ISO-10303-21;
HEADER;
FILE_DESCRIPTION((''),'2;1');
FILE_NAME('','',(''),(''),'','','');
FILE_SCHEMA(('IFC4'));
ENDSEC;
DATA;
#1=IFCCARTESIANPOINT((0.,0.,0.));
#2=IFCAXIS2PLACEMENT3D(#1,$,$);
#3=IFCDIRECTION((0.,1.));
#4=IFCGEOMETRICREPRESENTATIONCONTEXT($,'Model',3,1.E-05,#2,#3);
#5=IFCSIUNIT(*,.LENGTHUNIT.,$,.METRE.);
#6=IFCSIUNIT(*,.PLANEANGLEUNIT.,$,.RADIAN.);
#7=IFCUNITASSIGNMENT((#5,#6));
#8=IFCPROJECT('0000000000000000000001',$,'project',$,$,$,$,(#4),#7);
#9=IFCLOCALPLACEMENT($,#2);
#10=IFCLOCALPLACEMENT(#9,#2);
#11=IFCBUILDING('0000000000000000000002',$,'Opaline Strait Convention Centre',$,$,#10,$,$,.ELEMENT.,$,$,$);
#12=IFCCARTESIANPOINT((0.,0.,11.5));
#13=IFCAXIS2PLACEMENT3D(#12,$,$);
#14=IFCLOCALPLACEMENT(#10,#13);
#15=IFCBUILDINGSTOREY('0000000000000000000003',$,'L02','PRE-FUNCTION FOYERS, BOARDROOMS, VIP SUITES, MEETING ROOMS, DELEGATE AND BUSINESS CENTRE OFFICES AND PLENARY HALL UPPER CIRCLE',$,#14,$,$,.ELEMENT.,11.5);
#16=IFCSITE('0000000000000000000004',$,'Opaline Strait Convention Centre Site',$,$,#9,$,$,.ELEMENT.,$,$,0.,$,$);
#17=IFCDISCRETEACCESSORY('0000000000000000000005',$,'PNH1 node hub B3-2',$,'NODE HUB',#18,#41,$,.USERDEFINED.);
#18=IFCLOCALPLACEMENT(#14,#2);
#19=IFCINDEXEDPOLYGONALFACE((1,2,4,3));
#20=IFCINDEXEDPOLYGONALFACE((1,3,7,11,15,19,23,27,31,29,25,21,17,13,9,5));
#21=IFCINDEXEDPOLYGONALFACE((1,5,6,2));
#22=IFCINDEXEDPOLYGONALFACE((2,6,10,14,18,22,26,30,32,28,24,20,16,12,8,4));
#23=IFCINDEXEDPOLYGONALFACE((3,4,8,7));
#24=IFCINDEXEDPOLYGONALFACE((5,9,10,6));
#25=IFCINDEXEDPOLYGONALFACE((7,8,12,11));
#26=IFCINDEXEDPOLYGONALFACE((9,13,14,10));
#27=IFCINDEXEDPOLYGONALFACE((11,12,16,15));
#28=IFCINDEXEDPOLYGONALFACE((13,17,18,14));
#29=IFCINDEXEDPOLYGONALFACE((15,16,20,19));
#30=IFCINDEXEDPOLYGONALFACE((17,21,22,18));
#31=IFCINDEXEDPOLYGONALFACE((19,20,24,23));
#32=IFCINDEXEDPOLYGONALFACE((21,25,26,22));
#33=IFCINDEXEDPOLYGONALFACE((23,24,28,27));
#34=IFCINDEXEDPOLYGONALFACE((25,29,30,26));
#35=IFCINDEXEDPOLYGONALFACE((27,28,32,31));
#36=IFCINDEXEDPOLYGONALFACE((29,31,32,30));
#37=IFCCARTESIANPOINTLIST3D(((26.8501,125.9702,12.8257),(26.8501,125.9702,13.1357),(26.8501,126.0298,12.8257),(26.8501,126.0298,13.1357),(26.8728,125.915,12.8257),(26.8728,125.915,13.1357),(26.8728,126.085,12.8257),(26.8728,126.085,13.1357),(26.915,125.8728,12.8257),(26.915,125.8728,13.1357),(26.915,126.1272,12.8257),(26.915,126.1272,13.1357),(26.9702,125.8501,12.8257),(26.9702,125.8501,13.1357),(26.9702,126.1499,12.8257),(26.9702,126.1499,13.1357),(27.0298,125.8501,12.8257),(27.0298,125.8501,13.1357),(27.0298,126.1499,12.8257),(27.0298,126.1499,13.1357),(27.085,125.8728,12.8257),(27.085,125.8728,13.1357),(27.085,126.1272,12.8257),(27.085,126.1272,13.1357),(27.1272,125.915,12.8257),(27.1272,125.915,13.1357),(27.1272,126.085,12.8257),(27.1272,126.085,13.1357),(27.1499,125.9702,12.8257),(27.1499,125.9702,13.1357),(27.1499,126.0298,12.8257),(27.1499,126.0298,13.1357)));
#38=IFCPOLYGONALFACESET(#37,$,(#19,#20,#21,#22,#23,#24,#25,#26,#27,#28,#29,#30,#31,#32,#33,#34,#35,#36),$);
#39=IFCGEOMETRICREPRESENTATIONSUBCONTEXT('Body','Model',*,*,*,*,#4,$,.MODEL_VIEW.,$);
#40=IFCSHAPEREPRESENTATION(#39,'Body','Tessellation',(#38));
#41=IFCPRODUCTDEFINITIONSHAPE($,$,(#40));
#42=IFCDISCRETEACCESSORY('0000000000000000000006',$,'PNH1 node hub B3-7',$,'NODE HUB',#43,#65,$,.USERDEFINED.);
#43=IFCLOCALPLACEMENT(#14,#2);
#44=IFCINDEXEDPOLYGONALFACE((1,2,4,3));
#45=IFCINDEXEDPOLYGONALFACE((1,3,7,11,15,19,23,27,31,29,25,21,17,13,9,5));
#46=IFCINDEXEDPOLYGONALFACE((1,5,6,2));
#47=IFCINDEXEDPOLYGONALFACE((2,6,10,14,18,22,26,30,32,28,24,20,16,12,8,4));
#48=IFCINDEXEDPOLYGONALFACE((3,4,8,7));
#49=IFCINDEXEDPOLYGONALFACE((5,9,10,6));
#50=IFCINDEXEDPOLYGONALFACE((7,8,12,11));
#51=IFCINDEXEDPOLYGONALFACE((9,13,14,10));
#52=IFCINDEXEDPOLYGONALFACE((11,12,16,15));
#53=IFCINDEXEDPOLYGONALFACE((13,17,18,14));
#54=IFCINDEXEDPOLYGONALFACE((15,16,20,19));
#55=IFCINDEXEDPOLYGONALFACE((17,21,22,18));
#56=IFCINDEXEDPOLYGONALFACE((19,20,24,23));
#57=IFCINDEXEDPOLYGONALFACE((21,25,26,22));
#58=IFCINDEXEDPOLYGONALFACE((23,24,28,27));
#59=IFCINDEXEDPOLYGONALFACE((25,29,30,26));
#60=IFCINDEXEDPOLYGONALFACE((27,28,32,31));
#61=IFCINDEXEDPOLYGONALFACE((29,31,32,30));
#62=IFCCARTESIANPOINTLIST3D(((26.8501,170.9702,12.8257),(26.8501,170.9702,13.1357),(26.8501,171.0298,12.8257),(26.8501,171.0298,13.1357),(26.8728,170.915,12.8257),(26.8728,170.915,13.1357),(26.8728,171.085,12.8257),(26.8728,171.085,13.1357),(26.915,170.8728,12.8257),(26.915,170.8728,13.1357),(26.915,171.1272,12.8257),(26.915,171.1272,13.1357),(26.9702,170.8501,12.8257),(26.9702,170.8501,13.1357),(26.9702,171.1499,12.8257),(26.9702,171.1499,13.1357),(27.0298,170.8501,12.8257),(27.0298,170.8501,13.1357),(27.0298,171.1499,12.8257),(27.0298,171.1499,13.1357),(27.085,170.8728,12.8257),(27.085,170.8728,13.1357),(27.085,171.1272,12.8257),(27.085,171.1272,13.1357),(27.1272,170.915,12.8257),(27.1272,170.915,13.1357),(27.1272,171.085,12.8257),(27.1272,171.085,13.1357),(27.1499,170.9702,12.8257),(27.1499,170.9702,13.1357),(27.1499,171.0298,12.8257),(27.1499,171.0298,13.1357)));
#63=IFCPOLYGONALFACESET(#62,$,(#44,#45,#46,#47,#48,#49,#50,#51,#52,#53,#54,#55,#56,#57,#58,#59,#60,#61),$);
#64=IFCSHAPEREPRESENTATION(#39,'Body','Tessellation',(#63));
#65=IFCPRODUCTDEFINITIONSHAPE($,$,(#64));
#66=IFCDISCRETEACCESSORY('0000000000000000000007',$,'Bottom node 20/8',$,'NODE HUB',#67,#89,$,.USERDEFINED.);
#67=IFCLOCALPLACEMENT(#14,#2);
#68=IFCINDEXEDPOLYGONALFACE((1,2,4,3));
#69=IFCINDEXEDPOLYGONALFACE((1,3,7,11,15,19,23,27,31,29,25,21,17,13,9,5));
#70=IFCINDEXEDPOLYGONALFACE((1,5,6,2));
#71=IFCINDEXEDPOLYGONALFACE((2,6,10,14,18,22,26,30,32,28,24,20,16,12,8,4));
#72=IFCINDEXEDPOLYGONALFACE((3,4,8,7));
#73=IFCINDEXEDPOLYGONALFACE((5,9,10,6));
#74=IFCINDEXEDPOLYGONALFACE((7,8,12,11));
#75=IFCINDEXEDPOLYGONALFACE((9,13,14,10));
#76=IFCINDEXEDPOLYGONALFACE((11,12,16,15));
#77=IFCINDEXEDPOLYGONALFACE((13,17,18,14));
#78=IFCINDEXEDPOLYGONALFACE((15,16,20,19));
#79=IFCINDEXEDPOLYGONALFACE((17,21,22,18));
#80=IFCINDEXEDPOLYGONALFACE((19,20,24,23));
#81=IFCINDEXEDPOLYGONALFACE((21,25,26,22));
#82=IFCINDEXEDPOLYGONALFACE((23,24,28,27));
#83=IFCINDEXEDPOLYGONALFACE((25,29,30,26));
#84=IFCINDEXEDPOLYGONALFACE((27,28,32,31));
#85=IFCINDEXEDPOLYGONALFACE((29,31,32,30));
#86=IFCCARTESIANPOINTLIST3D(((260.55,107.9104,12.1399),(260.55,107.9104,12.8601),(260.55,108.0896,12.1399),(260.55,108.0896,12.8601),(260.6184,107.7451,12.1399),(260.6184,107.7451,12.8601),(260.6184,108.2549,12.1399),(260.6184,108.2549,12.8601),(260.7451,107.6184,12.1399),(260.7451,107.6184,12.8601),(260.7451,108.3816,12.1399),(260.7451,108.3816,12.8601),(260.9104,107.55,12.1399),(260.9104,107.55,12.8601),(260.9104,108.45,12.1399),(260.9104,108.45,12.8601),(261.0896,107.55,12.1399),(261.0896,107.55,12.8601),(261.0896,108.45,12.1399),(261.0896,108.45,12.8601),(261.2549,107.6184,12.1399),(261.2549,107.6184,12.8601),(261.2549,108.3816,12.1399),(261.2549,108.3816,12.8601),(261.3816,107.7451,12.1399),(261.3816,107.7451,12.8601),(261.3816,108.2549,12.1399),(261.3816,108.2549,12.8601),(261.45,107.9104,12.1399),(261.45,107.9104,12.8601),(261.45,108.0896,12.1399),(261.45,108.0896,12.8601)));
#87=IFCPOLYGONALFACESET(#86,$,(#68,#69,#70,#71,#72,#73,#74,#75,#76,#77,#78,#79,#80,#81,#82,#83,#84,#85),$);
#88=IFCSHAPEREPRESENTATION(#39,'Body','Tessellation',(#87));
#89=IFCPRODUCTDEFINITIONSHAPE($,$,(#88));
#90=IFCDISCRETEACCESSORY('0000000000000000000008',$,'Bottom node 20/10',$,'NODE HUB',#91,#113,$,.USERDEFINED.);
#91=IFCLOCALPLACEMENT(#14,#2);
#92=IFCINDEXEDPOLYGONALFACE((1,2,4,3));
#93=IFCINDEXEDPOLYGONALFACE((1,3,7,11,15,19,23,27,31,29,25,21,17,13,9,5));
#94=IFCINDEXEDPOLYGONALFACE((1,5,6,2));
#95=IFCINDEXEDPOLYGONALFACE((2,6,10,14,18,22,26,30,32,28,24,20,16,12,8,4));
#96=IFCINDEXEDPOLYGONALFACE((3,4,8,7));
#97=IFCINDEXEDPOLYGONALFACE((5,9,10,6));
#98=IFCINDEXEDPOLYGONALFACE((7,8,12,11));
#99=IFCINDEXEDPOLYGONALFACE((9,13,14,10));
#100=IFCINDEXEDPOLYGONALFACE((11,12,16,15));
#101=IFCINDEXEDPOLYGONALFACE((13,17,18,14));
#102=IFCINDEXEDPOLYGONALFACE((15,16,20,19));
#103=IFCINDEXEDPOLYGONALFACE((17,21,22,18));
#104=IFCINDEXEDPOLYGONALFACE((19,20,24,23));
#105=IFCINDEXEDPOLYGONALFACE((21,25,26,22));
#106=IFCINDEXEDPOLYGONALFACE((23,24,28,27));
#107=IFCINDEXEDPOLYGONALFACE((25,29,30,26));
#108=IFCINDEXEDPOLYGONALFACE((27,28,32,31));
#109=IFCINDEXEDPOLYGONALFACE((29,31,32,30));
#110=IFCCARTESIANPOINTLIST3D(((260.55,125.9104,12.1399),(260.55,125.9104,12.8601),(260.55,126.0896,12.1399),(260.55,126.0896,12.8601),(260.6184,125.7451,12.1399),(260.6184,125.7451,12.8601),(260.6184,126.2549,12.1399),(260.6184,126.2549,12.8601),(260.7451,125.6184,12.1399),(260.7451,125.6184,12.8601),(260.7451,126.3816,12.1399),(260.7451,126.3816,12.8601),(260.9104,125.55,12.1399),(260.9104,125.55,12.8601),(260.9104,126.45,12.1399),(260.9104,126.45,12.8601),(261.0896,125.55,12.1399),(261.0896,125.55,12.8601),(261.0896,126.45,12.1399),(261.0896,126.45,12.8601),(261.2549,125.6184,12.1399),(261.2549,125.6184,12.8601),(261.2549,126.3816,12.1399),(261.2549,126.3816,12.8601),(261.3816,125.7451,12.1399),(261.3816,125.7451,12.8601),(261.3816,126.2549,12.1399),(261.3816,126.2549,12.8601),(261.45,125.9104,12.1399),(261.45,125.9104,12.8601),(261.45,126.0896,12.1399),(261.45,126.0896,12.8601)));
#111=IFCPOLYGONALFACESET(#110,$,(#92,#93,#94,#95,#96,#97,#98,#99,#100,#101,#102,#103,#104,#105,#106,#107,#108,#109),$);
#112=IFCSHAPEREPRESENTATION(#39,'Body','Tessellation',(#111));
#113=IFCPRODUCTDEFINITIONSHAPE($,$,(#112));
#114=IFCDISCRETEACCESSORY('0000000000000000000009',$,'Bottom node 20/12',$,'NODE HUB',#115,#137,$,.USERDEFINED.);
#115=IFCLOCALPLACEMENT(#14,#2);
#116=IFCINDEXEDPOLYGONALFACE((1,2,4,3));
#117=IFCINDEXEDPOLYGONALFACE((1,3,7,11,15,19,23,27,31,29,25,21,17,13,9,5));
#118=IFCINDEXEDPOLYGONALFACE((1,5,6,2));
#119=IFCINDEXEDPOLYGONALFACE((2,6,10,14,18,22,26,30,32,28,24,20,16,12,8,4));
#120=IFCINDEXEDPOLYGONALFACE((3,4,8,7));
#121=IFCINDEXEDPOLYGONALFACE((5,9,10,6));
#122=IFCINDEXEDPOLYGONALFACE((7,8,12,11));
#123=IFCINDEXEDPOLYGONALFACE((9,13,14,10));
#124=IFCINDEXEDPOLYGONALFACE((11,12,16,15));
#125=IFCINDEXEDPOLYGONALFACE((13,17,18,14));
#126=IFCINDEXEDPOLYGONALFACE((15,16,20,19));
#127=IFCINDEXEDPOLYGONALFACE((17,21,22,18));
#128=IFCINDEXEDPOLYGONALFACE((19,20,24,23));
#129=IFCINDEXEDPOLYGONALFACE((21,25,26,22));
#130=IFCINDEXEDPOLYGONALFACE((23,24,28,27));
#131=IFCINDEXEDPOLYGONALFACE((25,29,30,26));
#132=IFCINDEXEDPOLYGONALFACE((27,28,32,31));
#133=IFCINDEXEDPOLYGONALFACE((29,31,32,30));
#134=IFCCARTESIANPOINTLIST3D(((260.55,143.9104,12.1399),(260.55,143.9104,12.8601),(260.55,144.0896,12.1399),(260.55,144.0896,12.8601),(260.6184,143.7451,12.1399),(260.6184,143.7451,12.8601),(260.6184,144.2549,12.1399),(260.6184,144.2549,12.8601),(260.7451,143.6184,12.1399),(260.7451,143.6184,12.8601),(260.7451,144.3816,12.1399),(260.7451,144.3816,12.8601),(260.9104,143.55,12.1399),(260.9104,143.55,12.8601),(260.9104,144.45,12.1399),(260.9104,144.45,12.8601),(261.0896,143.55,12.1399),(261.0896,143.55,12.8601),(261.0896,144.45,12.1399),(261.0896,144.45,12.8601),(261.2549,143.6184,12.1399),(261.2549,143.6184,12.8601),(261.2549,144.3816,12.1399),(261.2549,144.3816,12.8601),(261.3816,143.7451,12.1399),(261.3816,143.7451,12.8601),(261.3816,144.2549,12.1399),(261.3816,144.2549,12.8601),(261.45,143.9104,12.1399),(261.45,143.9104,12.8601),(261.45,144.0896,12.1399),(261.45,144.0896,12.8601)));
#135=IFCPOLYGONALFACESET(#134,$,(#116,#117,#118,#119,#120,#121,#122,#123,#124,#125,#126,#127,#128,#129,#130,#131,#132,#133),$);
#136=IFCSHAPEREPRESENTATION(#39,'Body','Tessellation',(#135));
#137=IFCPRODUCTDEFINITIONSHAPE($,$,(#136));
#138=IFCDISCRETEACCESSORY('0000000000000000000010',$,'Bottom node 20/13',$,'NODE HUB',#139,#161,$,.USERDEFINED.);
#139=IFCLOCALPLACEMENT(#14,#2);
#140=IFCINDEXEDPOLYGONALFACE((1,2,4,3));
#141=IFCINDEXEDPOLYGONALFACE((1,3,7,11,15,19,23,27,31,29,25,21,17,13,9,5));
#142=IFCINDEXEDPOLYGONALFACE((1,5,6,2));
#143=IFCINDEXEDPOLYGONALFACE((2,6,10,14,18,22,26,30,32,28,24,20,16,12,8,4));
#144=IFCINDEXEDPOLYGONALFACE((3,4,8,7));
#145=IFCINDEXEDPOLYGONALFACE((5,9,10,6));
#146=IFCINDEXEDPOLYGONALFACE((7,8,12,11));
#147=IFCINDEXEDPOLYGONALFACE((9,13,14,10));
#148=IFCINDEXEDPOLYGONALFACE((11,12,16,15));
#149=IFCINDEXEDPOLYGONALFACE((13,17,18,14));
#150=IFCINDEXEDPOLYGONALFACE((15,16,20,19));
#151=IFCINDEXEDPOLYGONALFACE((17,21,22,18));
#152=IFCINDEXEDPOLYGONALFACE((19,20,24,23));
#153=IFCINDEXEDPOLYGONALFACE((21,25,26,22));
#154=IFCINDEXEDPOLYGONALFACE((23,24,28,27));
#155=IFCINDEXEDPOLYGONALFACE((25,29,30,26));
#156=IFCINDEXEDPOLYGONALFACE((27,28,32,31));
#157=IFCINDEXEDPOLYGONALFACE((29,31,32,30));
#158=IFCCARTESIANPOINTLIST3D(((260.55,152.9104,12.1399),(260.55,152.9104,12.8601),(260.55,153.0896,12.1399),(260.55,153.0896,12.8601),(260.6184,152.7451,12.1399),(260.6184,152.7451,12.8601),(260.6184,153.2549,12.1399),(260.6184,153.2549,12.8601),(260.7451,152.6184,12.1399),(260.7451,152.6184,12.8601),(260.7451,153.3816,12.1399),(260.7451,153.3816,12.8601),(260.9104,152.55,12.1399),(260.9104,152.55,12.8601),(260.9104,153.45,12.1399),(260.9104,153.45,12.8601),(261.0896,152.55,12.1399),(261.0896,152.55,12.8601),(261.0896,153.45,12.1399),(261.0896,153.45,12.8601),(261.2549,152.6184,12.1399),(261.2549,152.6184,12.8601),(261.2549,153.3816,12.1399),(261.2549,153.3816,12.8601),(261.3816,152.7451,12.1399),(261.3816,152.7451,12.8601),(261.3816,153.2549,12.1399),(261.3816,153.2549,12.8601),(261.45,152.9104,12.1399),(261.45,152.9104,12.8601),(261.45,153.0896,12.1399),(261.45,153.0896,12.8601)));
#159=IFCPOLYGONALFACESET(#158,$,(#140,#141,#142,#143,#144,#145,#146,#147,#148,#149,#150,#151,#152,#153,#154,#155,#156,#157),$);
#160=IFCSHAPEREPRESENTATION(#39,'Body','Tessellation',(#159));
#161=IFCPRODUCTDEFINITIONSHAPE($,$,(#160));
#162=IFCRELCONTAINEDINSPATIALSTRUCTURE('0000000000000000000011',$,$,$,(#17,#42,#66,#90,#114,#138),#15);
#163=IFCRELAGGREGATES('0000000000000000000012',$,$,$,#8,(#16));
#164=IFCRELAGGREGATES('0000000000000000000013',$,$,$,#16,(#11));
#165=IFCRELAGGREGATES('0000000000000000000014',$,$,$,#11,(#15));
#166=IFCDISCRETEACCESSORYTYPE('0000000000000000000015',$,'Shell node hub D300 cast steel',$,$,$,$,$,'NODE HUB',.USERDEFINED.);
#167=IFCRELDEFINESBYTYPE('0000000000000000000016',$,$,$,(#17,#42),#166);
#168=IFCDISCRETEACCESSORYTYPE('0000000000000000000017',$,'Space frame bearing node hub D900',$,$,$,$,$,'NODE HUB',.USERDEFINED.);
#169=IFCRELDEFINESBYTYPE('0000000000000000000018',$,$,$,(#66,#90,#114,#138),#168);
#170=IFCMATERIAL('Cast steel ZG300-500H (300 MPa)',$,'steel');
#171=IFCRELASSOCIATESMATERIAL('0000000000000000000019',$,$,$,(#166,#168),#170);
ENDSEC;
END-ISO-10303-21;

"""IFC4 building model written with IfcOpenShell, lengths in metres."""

from ifc_helpers import new_model, si_unit, direction, frame, origin, place, context, subcontext, project, spatial, polyline, outline, extrude, material, type_object, element, save


model = new_model("IFC4")

# Units and contexts
model_context = context("Model", 3, precision=1e-05, world=origin(), true_north=direction((0.0, 1.0)))
body_context = subcontext(model_context, "Body", "Model", "MODEL_VIEW")
ifc_project = project(units=[si_unit("LENGTHUNIT", "METRE"), si_unit("PLANEANGLEUNIT", "RADIAN")], contexts=[model_context])

# Site, building, storey
site_placement = place(None, origin())
site = spatial("IfcSite", under=ifc_project, at=site_placement, Name="Opaline Strait Convention Centre Site", CompositionType="ELEMENT", RefElevation=0.0)
building_placement = place(site_placement, origin())
building = spatial("IfcBuilding", under=site, at=building_placement, Name="Opaline Strait Convention Centre", CompositionType="ELEMENT")
storey_placement = place(building_placement, frame((0.0, 0.0, 11.5)))
storey = spatial("IfcBuildingStorey", under=building, at=storey_placement, Name="L02", Description="PRE-FUNCTION FOYERS, BOARDROOMS, VIP SUITES, MEETING ROOMS, DELEGATE AND BUSINESS CENTRE OFFICES AND PLENARY HALL UPPER CIRCLE", CompositionType="ELEMENT", Elevation=11.5)

# Discrete accessories
ifc_material = material(Name="Cast steel ZG300-500H (300 MPa)", Category="steel")
discrete_accessory_type_1 = type_object("IfcDiscreteAccessoryType", Name="Shell node hub D300 cast steel", ElementType="NODE HUB", PredefinedType="USERDEFINED", material=ifc_material)
discrete_accessory_1_placement = place(storey_placement, frame((0.0, 0.0, 12.8257)))
element("IfcDiscreteAccessory", 1, at=discrete_accessory_1_placement, inside=storey, type_object=discrete_accessory_type_1, Name="PNH1 node hub B3-2", ObjectType="NODE HUB", PredefinedType="USERDEFINED", context=body_context, shape_type="SweptSolid", body=[
    extrude(outline(polyline([(27.1499, 126.0298), (27.1272, 126.085), (27.085, 126.1272), (27.0298, 126.1499), (26.9702, 126.1499), (26.915, 126.1272), (26.8728, 126.085), (26.8501, 126.0298), (26.8501, 125.9702), (26.8728, 125.915), (26.915, 125.8728), (26.9702, 125.8501), (27.0298, 125.8501), (27.085, 125.8728), (27.1272, 125.915), (27.1499, 125.9702), (27.1499, 126.0298)])), origin(), (0.0, 0.0, 1.0), 0.3101),
])
discrete_accessory_2_placement = place(storey_placement, frame((0.0, 0.0, 12.8257)))
element("IfcDiscreteAccessory", 2, at=discrete_accessory_2_placement, inside=storey, type_object=discrete_accessory_type_1, Name="PNH1 node hub B3-7", ObjectType="NODE HUB", PredefinedType="USERDEFINED", context=body_context, shape_type="SweptSolid", body=[
    extrude(outline(polyline([(27.1499, 171.0298), (27.1272, 171.085), (27.085, 171.1272), (27.0298, 171.1499), (26.9702, 171.1499), (26.915, 171.1272), (26.8728, 171.085), (26.8501, 171.0298), (26.8501, 170.9702), (26.8728, 170.915), (26.915, 170.8728), (26.9702, 170.8501), (27.0298, 170.8501), (27.085, 170.8728), (27.1272, 170.915), (27.1499, 170.9702), (27.1499, 171.0298)])), origin(), (0.0, 0.0, 1.0), 0.3101),
])
discrete_accessory_type_2 = type_object("IfcDiscreteAccessoryType", Name="Space frame bearing node hub D900", ElementType="NODE HUB", PredefinedType="USERDEFINED", material=ifc_material)
discrete_accessory_3_placement = place(storey_placement, frame((0.0, 0.0, 12.1399)))
element("IfcDiscreteAccessory", 3, at=discrete_accessory_3_placement, inside=storey, type_object=discrete_accessory_type_2, Name="Bottom node 20/8", ObjectType="NODE HUB", PredefinedType="USERDEFINED", context=body_context, shape_type="SweptSolid", body=[
    extrude(outline(polyline([(261.45, 108.0896), (261.3816, 108.2549), (261.2549, 108.3816), (261.0896, 108.45), (260.9104, 108.45), (260.7451, 108.3816), (260.6184, 108.2549), (260.55, 108.0896), (260.55, 107.9104), (260.6184, 107.7451), (260.7451, 107.6184), (260.9104, 107.55), (261.0896, 107.55), (261.2549, 107.6184), (261.3816, 107.7451), (261.45, 107.9104), (261.45, 108.0896)])), origin(), (0.0, 0.0, 1.0), 0.7202),
])
discrete_accessory_4_placement = place(storey_placement, frame((0.0, 0.0, 12.1399)))
element("IfcDiscreteAccessory", 4, at=discrete_accessory_4_placement, inside=storey, type_object=discrete_accessory_type_2, Name="Bottom node 20/10", ObjectType="NODE HUB", PredefinedType="USERDEFINED", context=body_context, shape_type="SweptSolid", body=[
    extrude(outline(polyline([(261.45, 126.0896), (261.3816, 126.2549), (261.2549, 126.3816), (261.0896, 126.45), (260.9104, 126.45), (260.7451, 126.3816), (260.6184, 126.2549), (260.55, 126.0896), (260.55, 125.9104), (260.6184, 125.7451), (260.7451, 125.6184), (260.9104, 125.55), (261.0896, 125.55), (261.2549, 125.6184), (261.3816, 125.7451), (261.45, 125.9104), (261.45, 126.0896)])), origin(), (0.0, 0.0, 1.0), 0.7202),
])
discrete_accessory_5_placement = place(storey_placement, frame((0.0, 0.0, 12.1399)))
element("IfcDiscreteAccessory", 5, at=discrete_accessory_5_placement, inside=storey, type_object=discrete_accessory_type_2, Name="Bottom node 20/12", ObjectType="NODE HUB", PredefinedType="USERDEFINED", context=body_context, shape_type="SweptSolid", body=[
    extrude(outline(polyline([(261.45, 144.0896), (261.3816, 144.2549), (261.2549, 144.3816), (261.0896, 144.45), (260.9104, 144.45), (260.7451, 144.3816), (260.6184, 144.2549), (260.55, 144.0896), (260.55, 143.9104), (260.6184, 143.7451), (260.7451, 143.6184), (260.9104, 143.55), (261.0896, 143.55), (261.2549, 143.6184), (261.3816, 143.7451), (261.45, 143.9104), (261.45, 144.0896)])), origin(), (0.0, 0.0, 1.0), 0.7202),
])
discrete_accessory_6_placement = place(storey_placement, frame((0.0, 0.0, 12.1399)))
element("IfcDiscreteAccessory", 6, at=discrete_accessory_6_placement, inside=storey, type_object=discrete_accessory_type_2, Name="Bottom node 20/13", ObjectType="NODE HUB", PredefinedType="USERDEFINED", context=body_context, shape_type="SweptSolid", body=[
    extrude(outline(polyline([(261.45, 153.0896), (261.3816, 153.2549), (261.2549, 153.3816), (261.0896, 153.45), (260.9104, 153.45), (260.7451, 153.3816), (260.6184, 153.2549), (260.55, 153.0896), (260.55, 152.9104), (260.6184, 152.7451), (260.7451, 152.6184), (260.9104, 152.55), (261.0896, 152.55), (261.2549, 152.6184), (261.3816, 152.7451), (261.45, 152.9104), (261.45, 153.0896)])), origin(), (0.0, 0.0, 1.0), 0.7202),
])

save(model, "model.ifc")
